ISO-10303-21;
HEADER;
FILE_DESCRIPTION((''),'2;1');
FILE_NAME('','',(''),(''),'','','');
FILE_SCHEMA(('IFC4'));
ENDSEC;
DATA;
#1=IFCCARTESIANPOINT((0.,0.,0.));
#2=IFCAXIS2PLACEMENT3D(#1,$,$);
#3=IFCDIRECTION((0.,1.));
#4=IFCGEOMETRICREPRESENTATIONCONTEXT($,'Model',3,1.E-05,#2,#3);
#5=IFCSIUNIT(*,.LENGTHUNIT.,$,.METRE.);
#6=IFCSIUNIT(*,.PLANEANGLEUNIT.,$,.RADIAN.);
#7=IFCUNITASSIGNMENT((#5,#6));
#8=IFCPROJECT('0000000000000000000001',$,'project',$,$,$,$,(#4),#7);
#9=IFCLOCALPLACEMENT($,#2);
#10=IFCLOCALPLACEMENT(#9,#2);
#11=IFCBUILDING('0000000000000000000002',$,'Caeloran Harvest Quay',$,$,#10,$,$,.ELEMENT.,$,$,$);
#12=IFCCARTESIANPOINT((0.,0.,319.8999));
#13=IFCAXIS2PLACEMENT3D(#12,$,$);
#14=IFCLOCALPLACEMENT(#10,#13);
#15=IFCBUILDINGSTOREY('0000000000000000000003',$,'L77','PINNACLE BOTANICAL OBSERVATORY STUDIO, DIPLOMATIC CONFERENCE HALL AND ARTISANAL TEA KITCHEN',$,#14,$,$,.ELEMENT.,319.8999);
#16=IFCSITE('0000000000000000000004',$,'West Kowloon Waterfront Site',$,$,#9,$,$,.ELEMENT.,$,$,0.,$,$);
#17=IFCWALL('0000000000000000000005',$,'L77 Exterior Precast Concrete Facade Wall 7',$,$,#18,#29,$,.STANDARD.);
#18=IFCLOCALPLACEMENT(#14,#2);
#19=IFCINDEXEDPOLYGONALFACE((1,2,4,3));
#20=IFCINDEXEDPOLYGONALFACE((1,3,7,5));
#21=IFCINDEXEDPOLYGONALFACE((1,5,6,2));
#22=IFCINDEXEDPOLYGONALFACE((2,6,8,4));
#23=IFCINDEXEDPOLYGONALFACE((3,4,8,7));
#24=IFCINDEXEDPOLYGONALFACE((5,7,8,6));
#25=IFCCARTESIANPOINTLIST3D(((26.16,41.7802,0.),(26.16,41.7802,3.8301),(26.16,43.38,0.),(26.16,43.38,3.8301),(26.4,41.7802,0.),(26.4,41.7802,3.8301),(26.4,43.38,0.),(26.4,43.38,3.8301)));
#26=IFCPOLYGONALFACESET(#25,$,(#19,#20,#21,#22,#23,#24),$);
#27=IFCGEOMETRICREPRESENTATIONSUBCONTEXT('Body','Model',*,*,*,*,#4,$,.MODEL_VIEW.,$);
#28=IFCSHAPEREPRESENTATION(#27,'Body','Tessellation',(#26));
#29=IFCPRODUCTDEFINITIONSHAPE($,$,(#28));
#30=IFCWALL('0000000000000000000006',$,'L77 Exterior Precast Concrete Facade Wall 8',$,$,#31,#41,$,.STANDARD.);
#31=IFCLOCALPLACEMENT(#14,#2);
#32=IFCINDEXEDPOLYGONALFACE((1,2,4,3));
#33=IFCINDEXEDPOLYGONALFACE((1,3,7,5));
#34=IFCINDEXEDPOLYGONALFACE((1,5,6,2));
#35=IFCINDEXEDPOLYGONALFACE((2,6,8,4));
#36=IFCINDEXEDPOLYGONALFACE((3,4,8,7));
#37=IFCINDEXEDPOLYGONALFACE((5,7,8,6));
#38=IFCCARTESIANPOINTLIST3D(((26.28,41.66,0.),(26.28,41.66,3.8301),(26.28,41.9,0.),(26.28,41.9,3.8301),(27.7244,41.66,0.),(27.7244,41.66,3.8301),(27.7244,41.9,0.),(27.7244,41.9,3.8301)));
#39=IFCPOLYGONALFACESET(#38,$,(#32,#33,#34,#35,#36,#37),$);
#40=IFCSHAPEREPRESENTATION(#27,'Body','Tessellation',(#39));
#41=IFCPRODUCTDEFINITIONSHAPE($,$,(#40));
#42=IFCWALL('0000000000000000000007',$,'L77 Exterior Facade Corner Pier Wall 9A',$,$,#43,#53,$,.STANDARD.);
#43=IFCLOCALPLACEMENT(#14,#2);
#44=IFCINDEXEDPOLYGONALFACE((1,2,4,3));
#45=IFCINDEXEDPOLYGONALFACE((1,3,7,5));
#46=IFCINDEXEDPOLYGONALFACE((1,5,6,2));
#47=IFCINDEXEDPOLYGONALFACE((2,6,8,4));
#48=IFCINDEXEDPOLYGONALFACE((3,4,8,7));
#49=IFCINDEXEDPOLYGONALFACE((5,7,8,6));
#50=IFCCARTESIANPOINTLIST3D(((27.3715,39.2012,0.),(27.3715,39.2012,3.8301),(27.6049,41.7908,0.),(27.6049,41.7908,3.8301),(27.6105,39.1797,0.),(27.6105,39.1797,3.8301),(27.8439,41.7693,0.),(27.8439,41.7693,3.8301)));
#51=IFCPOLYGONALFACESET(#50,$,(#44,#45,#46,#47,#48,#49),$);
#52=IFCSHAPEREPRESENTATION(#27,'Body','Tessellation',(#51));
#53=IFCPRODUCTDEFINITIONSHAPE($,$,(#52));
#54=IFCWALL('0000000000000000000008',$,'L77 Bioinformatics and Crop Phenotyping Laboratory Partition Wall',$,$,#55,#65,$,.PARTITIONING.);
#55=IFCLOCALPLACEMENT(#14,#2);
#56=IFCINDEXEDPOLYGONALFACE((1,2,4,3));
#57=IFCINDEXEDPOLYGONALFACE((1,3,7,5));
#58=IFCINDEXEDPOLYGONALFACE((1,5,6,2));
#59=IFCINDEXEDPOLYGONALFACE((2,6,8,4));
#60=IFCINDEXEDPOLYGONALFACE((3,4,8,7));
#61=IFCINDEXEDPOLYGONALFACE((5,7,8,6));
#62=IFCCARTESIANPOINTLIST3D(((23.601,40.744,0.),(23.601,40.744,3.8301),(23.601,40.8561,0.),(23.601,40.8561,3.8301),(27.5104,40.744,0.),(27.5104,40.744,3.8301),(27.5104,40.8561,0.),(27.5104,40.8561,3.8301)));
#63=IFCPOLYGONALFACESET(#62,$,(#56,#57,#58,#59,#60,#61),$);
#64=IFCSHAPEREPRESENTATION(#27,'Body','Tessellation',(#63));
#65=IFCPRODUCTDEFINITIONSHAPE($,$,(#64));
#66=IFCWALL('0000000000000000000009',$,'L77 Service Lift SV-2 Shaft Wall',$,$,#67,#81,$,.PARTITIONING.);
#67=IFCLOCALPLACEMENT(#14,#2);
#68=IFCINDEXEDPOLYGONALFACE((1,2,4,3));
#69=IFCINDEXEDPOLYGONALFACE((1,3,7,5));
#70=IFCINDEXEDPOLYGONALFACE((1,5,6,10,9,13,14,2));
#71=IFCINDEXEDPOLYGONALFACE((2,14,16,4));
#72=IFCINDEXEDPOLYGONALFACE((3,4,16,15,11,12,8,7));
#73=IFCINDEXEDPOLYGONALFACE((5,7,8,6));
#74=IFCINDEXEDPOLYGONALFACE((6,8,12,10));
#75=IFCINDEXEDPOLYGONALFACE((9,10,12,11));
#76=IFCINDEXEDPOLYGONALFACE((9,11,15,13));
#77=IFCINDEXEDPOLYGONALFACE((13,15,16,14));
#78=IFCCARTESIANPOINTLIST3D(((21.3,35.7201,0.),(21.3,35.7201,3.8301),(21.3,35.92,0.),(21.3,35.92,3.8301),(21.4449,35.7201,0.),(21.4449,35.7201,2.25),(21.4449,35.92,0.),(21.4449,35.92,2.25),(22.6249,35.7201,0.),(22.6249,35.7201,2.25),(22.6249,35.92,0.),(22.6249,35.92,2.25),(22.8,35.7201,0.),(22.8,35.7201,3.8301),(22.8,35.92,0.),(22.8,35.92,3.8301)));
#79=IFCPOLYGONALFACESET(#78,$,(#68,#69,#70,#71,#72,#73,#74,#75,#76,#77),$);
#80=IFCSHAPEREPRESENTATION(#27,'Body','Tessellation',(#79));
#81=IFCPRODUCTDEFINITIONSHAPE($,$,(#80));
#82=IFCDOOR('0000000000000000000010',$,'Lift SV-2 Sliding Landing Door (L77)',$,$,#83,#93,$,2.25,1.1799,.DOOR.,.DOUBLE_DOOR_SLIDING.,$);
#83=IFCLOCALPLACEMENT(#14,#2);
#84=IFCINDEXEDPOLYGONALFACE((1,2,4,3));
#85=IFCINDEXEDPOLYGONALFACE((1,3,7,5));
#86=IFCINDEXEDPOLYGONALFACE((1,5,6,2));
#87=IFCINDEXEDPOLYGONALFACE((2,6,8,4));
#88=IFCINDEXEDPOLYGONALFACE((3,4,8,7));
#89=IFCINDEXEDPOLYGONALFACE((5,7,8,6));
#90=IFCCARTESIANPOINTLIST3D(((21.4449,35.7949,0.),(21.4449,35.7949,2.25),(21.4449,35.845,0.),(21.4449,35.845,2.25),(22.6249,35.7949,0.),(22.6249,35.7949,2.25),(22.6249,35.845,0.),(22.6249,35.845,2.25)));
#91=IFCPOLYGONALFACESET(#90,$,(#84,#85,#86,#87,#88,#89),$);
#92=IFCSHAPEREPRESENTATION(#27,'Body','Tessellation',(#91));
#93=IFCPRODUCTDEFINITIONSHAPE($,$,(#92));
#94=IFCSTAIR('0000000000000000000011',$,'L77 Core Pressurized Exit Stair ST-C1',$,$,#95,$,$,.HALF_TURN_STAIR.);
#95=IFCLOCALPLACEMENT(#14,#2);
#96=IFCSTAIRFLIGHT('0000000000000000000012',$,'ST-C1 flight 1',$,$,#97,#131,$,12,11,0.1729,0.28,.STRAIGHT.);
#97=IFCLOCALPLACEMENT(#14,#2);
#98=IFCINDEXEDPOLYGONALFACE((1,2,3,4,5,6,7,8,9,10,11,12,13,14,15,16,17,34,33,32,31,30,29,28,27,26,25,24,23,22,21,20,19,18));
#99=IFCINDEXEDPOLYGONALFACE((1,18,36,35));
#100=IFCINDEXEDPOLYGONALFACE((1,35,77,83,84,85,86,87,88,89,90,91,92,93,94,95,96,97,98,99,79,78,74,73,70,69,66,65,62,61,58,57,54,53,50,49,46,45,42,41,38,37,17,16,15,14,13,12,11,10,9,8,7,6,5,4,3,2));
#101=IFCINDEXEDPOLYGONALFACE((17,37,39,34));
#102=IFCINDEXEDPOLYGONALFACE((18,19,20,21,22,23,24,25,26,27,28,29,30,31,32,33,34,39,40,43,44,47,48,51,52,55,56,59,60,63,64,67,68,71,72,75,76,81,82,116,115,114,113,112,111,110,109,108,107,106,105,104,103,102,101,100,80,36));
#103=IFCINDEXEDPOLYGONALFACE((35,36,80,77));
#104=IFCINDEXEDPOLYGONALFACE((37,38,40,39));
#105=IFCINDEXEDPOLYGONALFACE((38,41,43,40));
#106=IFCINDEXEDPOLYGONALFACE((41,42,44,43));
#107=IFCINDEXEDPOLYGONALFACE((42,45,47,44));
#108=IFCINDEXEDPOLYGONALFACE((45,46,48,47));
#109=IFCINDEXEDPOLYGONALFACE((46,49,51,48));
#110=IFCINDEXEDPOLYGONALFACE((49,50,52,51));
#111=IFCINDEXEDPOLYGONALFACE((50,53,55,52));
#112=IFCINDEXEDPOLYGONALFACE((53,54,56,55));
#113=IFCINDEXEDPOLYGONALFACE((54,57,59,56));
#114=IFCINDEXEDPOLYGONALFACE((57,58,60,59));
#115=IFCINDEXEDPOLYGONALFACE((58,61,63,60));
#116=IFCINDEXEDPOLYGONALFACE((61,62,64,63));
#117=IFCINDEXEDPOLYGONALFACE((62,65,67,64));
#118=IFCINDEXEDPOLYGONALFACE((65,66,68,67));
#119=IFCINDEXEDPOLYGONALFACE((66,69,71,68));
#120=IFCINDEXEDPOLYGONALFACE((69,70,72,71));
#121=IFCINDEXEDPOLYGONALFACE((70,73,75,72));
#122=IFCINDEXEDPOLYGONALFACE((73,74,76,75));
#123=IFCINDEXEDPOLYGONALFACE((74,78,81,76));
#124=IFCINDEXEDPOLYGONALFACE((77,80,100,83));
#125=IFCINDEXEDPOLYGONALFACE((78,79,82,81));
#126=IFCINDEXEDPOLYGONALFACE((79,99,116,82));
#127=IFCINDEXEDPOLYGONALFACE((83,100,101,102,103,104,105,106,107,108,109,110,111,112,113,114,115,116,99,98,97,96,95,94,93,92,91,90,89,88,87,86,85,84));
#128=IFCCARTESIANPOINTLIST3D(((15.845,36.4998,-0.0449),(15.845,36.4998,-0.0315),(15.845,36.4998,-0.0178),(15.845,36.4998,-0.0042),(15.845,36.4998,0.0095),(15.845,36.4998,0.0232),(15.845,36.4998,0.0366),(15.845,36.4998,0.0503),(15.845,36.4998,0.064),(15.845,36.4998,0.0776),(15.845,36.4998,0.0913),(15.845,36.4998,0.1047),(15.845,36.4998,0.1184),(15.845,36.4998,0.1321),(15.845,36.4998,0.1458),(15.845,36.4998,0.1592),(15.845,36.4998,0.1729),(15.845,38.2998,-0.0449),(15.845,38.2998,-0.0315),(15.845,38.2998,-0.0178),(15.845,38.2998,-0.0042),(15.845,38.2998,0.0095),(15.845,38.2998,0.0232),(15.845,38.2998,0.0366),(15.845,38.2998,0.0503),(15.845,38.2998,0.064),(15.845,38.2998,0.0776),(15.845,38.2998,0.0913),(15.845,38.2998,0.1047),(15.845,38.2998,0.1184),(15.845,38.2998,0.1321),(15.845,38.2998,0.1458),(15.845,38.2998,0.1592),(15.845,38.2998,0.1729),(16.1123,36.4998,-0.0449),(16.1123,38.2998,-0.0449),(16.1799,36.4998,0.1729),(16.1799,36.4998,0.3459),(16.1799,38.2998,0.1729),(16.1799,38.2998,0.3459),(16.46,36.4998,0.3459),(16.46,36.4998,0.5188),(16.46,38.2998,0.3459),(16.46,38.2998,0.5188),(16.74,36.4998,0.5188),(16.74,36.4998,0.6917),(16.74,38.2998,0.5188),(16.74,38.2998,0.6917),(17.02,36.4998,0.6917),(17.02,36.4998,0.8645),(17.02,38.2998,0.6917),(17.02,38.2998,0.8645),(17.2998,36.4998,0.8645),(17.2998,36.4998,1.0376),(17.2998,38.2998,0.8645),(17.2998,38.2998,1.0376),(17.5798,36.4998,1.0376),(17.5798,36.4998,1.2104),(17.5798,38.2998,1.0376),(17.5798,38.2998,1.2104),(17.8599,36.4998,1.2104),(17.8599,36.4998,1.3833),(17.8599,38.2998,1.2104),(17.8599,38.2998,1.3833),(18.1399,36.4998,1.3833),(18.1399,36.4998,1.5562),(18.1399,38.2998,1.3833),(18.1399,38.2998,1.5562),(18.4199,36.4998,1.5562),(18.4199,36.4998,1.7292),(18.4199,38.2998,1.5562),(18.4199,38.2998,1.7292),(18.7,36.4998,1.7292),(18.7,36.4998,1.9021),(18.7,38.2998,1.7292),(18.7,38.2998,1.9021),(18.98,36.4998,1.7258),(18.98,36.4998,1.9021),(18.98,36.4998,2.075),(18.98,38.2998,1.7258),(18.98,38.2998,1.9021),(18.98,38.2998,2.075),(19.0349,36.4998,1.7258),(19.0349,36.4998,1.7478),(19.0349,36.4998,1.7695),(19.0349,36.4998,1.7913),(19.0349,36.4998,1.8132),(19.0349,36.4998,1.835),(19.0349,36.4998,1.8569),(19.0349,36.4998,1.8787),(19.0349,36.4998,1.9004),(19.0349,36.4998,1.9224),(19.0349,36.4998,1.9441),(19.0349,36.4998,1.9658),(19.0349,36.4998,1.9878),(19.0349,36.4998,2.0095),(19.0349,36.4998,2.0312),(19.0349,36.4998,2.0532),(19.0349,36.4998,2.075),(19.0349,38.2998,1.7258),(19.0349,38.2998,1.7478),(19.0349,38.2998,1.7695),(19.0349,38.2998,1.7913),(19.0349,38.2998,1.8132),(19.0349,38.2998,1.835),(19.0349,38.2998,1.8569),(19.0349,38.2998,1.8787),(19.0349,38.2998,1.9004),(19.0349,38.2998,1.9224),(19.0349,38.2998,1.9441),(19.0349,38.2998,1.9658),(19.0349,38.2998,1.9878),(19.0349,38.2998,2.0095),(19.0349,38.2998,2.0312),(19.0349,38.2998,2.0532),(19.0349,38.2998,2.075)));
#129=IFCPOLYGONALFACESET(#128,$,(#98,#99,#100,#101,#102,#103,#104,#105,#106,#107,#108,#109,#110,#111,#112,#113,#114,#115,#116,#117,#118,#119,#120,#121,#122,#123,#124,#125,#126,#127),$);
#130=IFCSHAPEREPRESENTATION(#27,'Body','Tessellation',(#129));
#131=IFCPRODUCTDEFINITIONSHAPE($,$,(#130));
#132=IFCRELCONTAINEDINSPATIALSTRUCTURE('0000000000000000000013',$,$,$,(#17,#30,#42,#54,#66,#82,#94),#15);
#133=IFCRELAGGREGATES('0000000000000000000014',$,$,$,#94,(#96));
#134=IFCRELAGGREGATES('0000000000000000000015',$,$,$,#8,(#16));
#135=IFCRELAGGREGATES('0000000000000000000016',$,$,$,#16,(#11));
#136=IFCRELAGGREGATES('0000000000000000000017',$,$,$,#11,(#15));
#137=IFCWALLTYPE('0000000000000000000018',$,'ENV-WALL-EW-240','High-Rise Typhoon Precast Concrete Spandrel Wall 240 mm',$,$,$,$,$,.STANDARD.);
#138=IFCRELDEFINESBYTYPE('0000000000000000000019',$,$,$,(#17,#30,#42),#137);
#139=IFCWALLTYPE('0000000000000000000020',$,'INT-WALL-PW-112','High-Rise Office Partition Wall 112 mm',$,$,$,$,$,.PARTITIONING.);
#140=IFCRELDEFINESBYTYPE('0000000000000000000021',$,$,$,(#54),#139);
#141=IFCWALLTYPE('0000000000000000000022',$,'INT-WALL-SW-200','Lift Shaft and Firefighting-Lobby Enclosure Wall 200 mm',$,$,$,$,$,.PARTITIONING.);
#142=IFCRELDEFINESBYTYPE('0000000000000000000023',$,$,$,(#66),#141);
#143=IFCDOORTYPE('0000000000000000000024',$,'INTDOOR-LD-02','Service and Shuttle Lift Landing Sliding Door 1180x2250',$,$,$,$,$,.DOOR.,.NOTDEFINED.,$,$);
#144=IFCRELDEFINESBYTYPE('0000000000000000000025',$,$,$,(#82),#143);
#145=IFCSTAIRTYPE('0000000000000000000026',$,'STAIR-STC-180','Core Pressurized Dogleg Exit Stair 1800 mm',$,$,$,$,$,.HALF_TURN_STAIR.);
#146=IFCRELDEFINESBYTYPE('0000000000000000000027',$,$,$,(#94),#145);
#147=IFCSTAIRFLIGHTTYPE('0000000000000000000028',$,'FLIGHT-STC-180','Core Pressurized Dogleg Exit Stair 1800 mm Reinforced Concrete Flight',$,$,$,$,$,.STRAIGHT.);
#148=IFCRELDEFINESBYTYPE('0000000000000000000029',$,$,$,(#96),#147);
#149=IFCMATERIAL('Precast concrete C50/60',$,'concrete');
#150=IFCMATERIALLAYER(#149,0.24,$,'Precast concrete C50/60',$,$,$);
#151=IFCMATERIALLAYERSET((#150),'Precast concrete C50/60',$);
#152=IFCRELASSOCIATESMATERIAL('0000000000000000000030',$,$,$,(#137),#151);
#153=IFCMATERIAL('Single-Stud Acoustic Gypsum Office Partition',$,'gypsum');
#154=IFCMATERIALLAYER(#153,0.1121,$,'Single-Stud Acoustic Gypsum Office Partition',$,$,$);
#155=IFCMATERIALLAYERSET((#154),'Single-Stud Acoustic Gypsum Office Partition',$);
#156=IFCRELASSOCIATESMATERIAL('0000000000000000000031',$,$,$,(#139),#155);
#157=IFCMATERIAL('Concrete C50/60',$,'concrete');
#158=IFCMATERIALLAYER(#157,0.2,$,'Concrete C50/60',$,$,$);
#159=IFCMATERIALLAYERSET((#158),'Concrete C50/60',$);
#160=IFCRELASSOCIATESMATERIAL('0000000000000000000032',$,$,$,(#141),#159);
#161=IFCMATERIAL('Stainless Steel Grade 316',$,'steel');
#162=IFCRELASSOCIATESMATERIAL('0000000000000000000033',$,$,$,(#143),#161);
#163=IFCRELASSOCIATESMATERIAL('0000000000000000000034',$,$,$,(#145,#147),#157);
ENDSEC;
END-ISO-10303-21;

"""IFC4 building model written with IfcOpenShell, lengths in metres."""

from ifc_helpers import new_model, si_unit, direction, frame, frame_2d, origin, place, context, subcontext, project, spatial, polyline, rectangle, outline, extrude, material, layer, layer_set, type_object, element, fill, aggregate, save


model = new_model("IFC4")

# Units and contexts
model_context = context("Model", 3, precision=1e-05, world=origin(), true_north=direction((0.0, 1.0)))
body_context = subcontext(model_context, "Body", "Model", "MODEL_VIEW")
ifc_project = project(units=[si_unit("LENGTHUNIT", "METRE"), si_unit("PLANEANGLEUNIT", "RADIAN")], contexts=[model_context])

# Site, building, storey
site_placement = place(None, origin())
site = spatial("IfcSite", under=ifc_project, at=site_placement, Name="West Kowloon Waterfront Site", CompositionType="ELEMENT", RefElevation=0.0)
building_placement = place(site_placement, origin())
building = spatial("IfcBuilding", under=site, at=building_placement, Name="Caeloran Harvest Quay", CompositionType="ELEMENT")
storey_placement = place(building_placement, frame((0.0, 0.0, 319.8999)))
storey = spatial("IfcBuildingStorey", under=building, at=storey_placement, Name="L77", Description="PINNACLE BOTANICAL OBSERVATORY STUDIO, DIPLOMATIC CONFERENCE HALL AND ARTISANAL TEA KITCHEN", CompositionType="ELEMENT", Elevation=319.8999)

# Walls
ifc_material_1 = material(Name="Precast concrete C50/60", Category="concrete")
ifc_layer_1 = layer(ifc_material_1, 0.24, Name="Precast concrete C50/60")
ifc_layer_set_1 = layer_set([ifc_layer_1], Name="Precast concrete C50/60")
wall_type_1 = type_object("IfcWallType", Name="ENV-WALL-EW-240", Description="High-Rise Typhoon Precast Concrete Spandrel Wall 240 mm", PredefinedType="STANDARD", material=ifc_layer_set_1)
wall_1_placement = place(storey_placement, frame((26.28, 43.3799, 0.0), z_axis=(0.0, 0.0, 1.0), x_axis=(0.0, -1.0, 0.0)))
element("IfcWall", 1, at=wall_1_placement, inside=storey, type_object=wall_type_1, Name="L77 Exterior Precast Concrete Facade Wall 7", PredefinedType="STANDARD", context=body_context, shape_type="SweptSolid", body=[
    extrude(rectangle(XDim=1.5999, YDim=0.24, at=frame_2d((0.7998, 0.0))), origin(), (0.0, 0.0, 1.0), 3.8301),
])
wall_2_placement = place(storey_placement, frame((26.28, 41.78, 0.0), z_axis=(0.0, 0.0, 1.0), x_axis=(1.0, 0.0, 0.0)))
element("IfcWall", 2, at=wall_2_placement, inside=storey, type_object=wall_type_1, Name="L77 Exterior Precast Concrete Facade Wall 8", PredefinedType="STANDARD", context=body_context, shape_type="SweptSolid", body=[
    extrude(rectangle(XDim=1.4443, YDim=0.24, at=frame_2d((0.7222, 0.0))), origin(), (0.0, 0.0, 1.0), 3.8301),
])
wall_3_placement = place(storey_placement, frame((27.7244, 41.78, 0.0), z_axis=(0.0, 0.0, 1.0), x_axis=(-0.089765, -0.995963, 0.0)))
element("IfcWall", 3, at=wall_3_placement, inside=storey, type_object=wall_type_1, Name="L77 Exterior Facade Corner Pier Wall 9A", PredefinedType="STANDARD", context=body_context, shape_type="SweptSolid", body=[
    extrude(rectangle(XDim=2.6001, YDim=0.24, at=frame_2d((1.3, 0.0))), origin(), (0.0, 0.0, 1.0), 3.8301),
])
ifc_material_2 = material(Name="Single-Stud Acoustic Gypsum Office Partition", Category="gypsum")
ifc_layer_2 = layer(ifc_material_2, 0.1121, Name="Single-Stud Acoustic Gypsum Office Partition")
ifc_layer_set_2 = layer_set([ifc_layer_2], Name="Single-Stud Acoustic Gypsum Office Partition")
wall_type_2 = type_object("IfcWallType", Name="INT-WALL-PW-112", Description="High-Rise Office Partition Wall 112 mm", PredefinedType="PARTITIONING", material=ifc_layer_set_2)
wall_4_placement = place(storey_placement, frame((23.6011, 40.8, 0.0), z_axis=(0.0, 0.0, 1.0), x_axis=(1.0, 0.0, 0.0)))
element("IfcWall", 4, at=wall_4_placement, inside=storey, type_object=wall_type_2, Name="L77 Bioinformatics and Crop Phenotyping Laboratory Partition Wall", PredefinedType="PARTITIONING", context=body_context, shape_type="SweptSolid", body=[
    extrude(rectangle(XDim=3.9094, YDim=0.1121, at=frame_2d((1.9546, 0.0))), origin(), (0.0, 0.0, 1.0), 3.8301),
])

# Wall, opening, door
ifc_material_3 = material(Name="Concrete C50/60", Category="concrete")
ifc_layer_3 = layer(ifc_material_3, 0.2, Name="Concrete C50/60")
ifc_layer_set_3 = layer_set([ifc_layer_3], Name="Concrete C50/60")
wall_type_3 = type_object("IfcWallType", Name="INT-WALL-SW-200", Description="Lift Shaft and Firefighting-Lobby Enclosure Wall 200 mm", PredefinedType="PARTITIONING", material=ifc_layer_set_3)
wall_5_placement = place(storey_placement, frame((21.3, 35.8201, 0.0), z_axis=(0.0, 0.0, 1.0), x_axis=(1.0, 0.0, 0.0)))
wall_5 = element("IfcWall", 5, at=wall_5_placement, inside=storey, type_object=wall_type_3, Name="L77 Service Lift SV-2 Shaft Wall", PredefinedType="PARTITIONING", context=body_context, shape_type="SweptSolid", body=[
    extrude(rectangle(XDim=1.5, YDim=0.2, at=frame_2d((0.75, 0.0))), origin(), (0.0, 0.0, 1.0), 3.8301),
])
opening_placement = place(wall_5_placement, frame((0.145, 0.0, 0.0)))
opening = element("IfcOpeningElement", 6, at=opening_placement, cuts=wall_5, PredefinedType="OPENING", context=body_context, shape_type="SweptSolid", body=[
    extrude(rectangle(XDim=1.1799, YDim=2.25, at=frame_2d((0.5898, 1.125))), frame((0.0, 0.1099, 0.0), z_axis=(0.0, -1.0, 0.0), x_axis=(1.0, 0.0, 0.0)), (0.0, 0.0, 1.0), 0.22),
])
ifc_material_4 = material(Name="Stainless Steel Grade 316", Category="steel")
door_type = type_object("IfcDoorType", Name="INTDOOR-LD-02", Description="Service and Shuttle Lift Landing Sliding Door 1180x2250", OperationType="NOTDEFINED", PredefinedType="DOOR", material=ifc_material_4)
door_placement = place(opening_placement, origin())
door = element("IfcDoor", 7, at=door_placement, inside=storey, type_object=door_type, Name="Lift SV-2 Sliding Landing Door (L77)", OperationType="DOUBLE_DOOR_SLIDING", OverallHeight=2.25, OverallWidth=1.1799, PredefinedType="DOOR", context=body_context, shape_type="SweptSolid", body=[
    extrude(rectangle(XDim=1.1799, YDim=2.25, at=frame_2d((0.5898, 1.125))), frame((0.0, 0.0249, 0.0), z_axis=(0.0, -1.0, 0.0), x_axis=(1.0, 0.0, 0.0)), (0.0, 0.0, 1.0), 0.05),
])
fill(opening, door)

# Stair, stair flight
stair_type = type_object("IfcStairType", Name="STAIR-STC-180", Description="Core Pressurized Dogleg Exit Stair 1800 mm", PredefinedType="HALF_TURN_STAIR", material=ifc_material_3)
stair_1_placement = place(storey_placement, origin())
stair_1 = element("IfcStair", 8, at=stair_1_placement, inside=storey, type_object=stair_type, Name="L77 Core Pressurized Exit Stair ST-C1", PredefinedType="HALF_TURN_STAIR")
stair_flight_type = type_object("IfcStairFlightType", Name="FLIGHT-STC-180", Description="Core Pressurized Dogleg Exit Stair 1800 mm Reinforced Concrete Flight", PredefinedType="STRAIGHT", material=ifc_material_3)
stair_flight_1_placement = place(storey_placement, frame((15.8999, 37.3999, 0.0), z_axis=(0.0, 0.0, 1.0), x_axis=(1.0, 0.0, 0.0)))
stair_flight_1 = element("IfcStairFlight", 9, at=stair_flight_1_placement, type_object=stair_flight_type, Name="ST-C1 flight 1", NumberOfRisers=12, NumberOfTreads=11, PredefinedType="STRAIGHT", RiserHeight=0.1729, TreadLength=0.28, context=body_context, shape_type="SweptSolid", body=[
    extrude(outline(polyline([(-0.0549, -0.0449), (-0.0549, -0.0315), (-0.0549, -0.0178), (-0.0549, -0.0042), (-0.0549, 0.0095), (-0.0549, 0.0232), (-0.0549, 0.0366), (-0.0549, 0.0503), (-0.0549, 0.064), (-0.0549, 0.0776), (-0.0549, 0.0913), (-0.0549, 0.1047), (-0.0549, 0.1184), (-0.0549, 0.1321), (-0.0549, 0.1458), (-0.0549, 0.1592), (-0.0549, 0.1729), (0.28, 0.1729), (0.28, 0.3459), (0.5601, 0.3459), (0.5601, 0.5188), (0.8401, 0.5188), (0.8401, 0.6917), (1.1201, 0.6917), (1.1201, 0.8645), (1.3999, 0.8645), (1.3999, 1.0376), (1.6799, 1.0376), (1.6799, 1.2104), (1.96, 1.2104), (1.96, 1.3833), (2.24, 1.3833), (2.24, 1.5562), (2.52, 1.5562), (2.52, 1.7292), (2.8, 1.7292), (2.8, 1.9021), (3.0801, 1.9021), (3.0801, 2.075), (3.135, 2.075), (3.135, 2.0532), (3.135, 2.0312), (3.135, 2.0095), (3.135, 1.9878), (3.135, 1.9658), (3.135, 1.9441), (3.135, 1.9224), (3.135, 1.9004), (3.135, 1.8787), (3.135, 1.8569), (3.135, 1.835), (3.135, 1.8132), (3.135, 1.7913), (3.135, 1.7695), (3.135, 1.7478), (3.135, 1.7258), (3.0801, 1.7258), (0.2124, -0.0449), (-0.0549, -0.0449)])), frame((0.0, 0.8999, 0.0), z_axis=(0.0, -1.0, 0.0), x_axis=(1.0, 0.0, 0.0)), (0.0, 0.0, 1.0), 1.8),
])
aggregate(stair_1, [stair_flight_1])

save(model, "model.ifc")
